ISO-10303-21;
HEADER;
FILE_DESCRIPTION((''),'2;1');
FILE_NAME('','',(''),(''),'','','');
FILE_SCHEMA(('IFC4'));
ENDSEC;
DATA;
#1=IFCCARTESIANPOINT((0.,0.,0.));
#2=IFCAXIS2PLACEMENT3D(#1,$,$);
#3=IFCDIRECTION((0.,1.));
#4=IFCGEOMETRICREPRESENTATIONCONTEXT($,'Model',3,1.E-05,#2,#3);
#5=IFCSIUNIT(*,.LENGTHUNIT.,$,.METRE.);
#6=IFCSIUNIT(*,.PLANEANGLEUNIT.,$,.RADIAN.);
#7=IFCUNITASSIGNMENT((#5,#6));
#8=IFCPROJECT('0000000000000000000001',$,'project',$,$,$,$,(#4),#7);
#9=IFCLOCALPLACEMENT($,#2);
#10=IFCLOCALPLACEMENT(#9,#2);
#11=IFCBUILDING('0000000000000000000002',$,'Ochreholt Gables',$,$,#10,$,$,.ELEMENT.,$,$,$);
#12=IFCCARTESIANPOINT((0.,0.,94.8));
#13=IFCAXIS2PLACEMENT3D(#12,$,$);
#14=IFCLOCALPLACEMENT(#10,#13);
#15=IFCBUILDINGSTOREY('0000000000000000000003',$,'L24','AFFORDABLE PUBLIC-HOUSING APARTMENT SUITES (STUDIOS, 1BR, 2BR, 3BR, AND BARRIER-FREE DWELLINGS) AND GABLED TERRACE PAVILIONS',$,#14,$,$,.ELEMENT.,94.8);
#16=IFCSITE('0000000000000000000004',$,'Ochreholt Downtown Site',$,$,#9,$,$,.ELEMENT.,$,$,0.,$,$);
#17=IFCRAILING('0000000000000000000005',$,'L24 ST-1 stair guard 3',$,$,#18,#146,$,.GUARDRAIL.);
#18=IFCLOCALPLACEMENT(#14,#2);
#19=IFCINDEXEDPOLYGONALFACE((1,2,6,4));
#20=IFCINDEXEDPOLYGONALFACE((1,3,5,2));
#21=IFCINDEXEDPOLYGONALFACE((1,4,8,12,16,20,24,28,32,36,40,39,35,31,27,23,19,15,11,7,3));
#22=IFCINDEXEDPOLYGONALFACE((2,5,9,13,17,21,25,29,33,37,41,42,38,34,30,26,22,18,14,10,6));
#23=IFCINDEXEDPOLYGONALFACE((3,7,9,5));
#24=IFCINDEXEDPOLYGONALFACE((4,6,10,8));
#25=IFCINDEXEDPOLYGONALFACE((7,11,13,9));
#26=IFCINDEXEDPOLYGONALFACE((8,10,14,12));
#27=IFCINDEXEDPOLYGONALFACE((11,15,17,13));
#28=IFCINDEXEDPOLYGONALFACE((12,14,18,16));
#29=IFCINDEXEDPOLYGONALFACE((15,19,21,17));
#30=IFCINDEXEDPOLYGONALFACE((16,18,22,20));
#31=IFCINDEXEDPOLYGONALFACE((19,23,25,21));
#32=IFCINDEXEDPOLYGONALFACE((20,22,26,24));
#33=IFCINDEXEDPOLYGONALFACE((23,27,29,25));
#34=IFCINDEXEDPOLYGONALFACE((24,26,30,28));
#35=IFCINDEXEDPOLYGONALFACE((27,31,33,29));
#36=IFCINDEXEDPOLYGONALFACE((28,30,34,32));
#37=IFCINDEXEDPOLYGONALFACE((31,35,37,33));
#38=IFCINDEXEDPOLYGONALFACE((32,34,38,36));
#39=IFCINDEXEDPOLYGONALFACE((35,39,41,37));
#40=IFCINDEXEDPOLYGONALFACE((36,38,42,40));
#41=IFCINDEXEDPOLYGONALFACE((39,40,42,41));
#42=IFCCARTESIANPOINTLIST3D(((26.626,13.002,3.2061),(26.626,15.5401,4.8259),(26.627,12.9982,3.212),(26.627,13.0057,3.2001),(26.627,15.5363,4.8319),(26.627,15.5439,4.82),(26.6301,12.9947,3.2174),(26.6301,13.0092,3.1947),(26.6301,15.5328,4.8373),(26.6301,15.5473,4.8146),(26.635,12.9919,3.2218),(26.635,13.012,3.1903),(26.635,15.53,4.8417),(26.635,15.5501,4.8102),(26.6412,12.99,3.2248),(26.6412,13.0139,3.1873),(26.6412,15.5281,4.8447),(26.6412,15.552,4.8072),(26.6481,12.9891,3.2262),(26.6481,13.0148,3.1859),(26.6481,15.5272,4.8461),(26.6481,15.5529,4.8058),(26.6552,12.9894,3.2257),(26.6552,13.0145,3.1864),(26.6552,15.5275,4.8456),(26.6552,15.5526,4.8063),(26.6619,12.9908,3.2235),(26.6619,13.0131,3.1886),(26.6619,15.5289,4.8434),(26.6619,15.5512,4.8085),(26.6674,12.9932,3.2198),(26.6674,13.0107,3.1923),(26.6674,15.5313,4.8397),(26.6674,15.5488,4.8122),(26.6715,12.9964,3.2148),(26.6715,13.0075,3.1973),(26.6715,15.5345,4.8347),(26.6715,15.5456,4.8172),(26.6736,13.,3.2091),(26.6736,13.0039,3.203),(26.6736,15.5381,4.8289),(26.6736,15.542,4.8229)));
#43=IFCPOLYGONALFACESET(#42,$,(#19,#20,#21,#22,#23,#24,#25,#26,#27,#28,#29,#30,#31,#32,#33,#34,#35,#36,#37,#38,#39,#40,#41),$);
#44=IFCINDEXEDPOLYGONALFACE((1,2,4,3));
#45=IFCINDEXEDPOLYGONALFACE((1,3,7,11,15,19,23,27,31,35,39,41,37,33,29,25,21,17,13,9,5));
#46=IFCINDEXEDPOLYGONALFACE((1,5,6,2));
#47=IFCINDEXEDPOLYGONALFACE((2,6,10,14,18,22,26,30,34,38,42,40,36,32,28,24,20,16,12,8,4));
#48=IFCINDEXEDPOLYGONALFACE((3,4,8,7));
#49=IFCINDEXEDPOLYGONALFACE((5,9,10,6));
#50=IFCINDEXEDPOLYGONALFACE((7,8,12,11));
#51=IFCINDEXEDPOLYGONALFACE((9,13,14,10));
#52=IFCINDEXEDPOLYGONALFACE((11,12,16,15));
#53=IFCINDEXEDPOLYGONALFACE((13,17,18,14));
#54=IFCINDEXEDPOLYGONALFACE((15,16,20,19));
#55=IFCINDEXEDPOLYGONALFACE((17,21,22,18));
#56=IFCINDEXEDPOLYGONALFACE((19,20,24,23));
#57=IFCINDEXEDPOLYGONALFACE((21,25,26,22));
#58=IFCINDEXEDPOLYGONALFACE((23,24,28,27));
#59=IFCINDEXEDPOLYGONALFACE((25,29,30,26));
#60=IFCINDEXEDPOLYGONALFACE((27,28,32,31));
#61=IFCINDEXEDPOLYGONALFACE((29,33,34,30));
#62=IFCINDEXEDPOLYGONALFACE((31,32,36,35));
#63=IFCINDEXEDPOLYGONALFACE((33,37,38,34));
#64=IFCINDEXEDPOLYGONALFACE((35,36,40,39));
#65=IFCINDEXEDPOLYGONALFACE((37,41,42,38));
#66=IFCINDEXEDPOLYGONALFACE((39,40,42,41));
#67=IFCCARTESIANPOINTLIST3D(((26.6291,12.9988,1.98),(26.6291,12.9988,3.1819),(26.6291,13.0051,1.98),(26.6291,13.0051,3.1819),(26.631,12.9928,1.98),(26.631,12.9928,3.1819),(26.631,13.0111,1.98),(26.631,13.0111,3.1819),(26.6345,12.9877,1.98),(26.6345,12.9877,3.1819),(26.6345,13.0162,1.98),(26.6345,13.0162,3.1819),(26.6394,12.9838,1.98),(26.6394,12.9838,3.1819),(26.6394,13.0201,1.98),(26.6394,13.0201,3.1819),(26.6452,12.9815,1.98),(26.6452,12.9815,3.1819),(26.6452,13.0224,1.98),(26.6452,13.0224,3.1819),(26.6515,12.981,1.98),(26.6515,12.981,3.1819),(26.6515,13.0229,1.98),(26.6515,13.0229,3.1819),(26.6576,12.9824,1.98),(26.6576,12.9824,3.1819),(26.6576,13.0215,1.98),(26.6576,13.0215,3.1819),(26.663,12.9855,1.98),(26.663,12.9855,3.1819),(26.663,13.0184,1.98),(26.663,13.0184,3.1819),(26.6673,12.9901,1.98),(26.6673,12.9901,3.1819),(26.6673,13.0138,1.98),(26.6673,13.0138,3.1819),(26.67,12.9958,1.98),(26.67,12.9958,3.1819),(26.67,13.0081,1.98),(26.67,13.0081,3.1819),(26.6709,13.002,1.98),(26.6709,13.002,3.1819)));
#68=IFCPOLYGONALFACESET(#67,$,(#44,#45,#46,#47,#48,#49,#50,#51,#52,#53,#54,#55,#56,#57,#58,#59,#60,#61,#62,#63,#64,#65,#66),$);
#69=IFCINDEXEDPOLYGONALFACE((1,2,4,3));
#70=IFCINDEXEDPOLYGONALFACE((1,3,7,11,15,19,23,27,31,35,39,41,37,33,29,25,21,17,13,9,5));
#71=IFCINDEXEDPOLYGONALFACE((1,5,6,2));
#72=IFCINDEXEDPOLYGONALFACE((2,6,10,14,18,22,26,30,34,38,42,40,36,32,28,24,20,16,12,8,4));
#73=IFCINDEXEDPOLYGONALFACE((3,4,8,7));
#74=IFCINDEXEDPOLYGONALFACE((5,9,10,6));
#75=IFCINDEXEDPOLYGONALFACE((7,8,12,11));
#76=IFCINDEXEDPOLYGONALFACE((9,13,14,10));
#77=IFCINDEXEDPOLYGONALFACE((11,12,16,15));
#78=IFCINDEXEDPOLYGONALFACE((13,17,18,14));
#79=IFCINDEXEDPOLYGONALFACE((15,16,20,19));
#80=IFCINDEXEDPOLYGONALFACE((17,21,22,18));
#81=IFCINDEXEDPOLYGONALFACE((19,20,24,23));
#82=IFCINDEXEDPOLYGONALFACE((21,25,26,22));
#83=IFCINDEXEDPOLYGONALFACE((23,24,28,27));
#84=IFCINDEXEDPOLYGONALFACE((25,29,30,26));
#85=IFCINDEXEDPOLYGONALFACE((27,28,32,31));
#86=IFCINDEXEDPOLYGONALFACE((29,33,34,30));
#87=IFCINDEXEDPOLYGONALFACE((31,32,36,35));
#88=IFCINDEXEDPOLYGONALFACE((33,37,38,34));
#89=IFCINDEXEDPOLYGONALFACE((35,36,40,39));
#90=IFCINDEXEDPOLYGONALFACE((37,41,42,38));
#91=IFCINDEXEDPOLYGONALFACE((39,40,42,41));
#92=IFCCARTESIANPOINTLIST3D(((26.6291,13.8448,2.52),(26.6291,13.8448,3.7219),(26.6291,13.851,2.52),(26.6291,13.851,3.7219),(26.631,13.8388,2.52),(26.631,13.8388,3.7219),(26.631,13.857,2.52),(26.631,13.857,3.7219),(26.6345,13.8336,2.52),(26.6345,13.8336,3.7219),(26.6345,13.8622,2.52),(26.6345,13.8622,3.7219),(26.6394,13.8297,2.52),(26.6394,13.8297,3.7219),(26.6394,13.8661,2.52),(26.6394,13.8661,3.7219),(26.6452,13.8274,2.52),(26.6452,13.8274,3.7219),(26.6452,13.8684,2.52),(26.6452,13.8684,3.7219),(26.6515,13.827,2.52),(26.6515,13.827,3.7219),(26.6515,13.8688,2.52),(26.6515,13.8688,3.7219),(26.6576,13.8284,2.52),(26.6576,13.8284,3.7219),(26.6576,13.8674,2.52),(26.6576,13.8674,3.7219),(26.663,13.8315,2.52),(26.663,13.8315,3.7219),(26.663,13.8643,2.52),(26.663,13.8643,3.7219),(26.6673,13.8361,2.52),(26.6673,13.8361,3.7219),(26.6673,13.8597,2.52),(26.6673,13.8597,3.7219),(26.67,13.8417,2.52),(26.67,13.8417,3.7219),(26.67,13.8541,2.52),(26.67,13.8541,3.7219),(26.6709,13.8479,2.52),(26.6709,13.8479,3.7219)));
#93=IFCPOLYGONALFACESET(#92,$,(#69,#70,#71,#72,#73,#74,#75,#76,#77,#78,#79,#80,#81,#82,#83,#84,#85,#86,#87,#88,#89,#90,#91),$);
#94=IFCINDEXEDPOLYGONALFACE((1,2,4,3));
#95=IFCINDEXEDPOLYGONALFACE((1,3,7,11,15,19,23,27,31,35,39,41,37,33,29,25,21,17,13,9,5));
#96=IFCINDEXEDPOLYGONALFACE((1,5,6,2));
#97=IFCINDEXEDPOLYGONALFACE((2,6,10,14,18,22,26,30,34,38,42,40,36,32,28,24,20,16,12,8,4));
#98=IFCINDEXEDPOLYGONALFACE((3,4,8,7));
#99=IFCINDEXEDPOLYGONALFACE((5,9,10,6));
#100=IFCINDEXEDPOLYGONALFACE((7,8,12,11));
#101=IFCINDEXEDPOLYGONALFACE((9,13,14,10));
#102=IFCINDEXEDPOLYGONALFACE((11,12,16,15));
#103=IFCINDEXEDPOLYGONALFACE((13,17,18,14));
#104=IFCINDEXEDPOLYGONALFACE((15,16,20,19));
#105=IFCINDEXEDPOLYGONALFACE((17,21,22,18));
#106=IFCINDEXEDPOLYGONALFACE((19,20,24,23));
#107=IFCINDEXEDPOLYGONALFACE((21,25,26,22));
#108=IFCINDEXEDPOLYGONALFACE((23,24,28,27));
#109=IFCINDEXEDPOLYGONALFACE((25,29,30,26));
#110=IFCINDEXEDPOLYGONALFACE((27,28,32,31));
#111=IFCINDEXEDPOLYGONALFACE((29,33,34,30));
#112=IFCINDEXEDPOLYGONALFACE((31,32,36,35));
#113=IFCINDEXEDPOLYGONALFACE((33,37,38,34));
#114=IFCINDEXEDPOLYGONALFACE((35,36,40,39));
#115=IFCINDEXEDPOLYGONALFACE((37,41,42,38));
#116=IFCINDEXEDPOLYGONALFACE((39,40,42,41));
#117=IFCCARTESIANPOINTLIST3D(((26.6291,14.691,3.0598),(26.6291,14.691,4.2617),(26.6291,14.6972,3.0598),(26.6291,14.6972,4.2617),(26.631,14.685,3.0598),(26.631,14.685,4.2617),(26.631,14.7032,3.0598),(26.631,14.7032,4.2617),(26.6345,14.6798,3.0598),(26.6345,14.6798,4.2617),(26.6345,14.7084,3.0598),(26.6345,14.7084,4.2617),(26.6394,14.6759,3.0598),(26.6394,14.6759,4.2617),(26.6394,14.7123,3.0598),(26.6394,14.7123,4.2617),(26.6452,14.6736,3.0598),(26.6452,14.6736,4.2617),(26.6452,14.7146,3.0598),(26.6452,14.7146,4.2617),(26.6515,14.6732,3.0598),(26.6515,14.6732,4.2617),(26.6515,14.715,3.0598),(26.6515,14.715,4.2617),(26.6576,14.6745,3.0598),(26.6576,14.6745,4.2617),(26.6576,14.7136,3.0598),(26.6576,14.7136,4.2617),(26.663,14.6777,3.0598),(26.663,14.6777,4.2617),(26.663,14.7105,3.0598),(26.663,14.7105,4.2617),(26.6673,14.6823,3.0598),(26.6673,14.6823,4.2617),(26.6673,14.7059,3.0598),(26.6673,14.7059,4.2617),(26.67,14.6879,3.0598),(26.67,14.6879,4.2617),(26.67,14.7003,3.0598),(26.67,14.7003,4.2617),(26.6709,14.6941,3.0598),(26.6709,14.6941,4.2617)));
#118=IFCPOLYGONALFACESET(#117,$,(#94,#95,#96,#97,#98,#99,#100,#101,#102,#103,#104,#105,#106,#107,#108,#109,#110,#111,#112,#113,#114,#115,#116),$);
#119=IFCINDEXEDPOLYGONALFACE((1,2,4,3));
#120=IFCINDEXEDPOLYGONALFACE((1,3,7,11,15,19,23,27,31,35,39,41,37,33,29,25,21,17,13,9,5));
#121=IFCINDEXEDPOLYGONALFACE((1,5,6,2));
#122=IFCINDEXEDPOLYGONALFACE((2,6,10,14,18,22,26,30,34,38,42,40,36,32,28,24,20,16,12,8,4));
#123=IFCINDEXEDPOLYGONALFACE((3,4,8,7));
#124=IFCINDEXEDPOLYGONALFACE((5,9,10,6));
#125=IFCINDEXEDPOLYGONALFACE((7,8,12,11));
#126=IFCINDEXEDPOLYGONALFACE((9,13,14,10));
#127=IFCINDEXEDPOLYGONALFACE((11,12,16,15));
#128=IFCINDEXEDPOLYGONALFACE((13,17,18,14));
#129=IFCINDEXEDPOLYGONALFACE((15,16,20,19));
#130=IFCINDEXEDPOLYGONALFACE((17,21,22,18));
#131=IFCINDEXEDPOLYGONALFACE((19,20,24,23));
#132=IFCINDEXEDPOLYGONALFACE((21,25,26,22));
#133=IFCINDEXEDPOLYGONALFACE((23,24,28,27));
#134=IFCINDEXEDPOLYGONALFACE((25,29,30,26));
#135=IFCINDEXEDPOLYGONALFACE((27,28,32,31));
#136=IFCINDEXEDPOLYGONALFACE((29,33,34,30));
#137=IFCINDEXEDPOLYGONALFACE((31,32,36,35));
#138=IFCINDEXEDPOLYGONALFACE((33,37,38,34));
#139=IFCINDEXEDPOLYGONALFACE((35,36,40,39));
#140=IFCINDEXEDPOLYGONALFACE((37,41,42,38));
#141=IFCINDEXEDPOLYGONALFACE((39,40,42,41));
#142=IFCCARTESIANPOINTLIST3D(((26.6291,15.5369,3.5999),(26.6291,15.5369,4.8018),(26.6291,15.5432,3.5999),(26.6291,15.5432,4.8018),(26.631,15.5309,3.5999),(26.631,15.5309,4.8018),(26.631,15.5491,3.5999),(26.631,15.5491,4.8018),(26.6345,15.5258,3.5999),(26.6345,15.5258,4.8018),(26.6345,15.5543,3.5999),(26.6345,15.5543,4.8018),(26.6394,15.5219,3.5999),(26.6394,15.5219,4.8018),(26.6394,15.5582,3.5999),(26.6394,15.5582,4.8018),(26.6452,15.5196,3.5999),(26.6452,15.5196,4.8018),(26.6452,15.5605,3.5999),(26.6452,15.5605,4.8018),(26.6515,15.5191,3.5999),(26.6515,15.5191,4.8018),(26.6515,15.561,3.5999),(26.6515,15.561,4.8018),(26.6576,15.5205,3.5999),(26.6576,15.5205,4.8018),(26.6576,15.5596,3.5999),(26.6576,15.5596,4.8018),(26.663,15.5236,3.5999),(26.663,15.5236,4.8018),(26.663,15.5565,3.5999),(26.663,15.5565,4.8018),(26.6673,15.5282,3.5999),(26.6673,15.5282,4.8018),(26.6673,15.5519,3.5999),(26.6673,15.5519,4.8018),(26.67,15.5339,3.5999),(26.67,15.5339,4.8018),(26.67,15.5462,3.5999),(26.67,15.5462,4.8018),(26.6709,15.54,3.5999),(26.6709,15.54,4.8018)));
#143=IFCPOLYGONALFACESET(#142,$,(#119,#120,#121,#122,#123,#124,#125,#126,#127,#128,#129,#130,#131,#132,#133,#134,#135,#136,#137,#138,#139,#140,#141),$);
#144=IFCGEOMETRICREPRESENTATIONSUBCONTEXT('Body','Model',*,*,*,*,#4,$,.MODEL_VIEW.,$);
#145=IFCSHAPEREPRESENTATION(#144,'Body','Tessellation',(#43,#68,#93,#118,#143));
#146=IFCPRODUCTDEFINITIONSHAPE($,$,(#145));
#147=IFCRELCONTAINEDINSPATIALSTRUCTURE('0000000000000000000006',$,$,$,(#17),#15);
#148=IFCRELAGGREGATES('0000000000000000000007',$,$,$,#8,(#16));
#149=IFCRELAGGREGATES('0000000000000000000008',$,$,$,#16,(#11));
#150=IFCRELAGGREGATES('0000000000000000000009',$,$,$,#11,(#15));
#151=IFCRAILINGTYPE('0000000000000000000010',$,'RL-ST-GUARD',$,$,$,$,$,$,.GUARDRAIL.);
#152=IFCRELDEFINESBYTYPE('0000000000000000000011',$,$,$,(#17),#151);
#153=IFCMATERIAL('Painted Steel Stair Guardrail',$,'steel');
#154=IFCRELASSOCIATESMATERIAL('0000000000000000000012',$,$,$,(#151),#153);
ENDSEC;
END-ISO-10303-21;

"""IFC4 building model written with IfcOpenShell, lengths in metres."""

from ifc_helpers import new_model, si_unit, direction, frame, origin, origin_2d, place, context, subcontext, project, spatial, circle, extrude, material, type_object, element, save


model = new_model("IFC4")

# Units and contexts
model_context = context("Model", 3, precision=1e-05, world=origin(), true_north=direction((0.0, 1.0)))
body_context = subcontext(model_context, "Body", "Model", "MODEL_VIEW")
ifc_project = project(units=[si_unit("LENGTHUNIT", "METRE"), si_unit("PLANEANGLEUNIT", "RADIAN")], contexts=[model_context])

# Site, building, storey
site_placement = place(None, origin())
site = spatial("IfcSite", under=ifc_project, at=site_placement, Name="Ochreholt Downtown Site", CompositionType="ELEMENT", RefElevation=0.0)
building_placement = place(site_placement, origin())
building = spatial("IfcBuilding", under=site, at=building_placement, Name="Ochreholt Gables", CompositionType="ELEMENT")
storey_placement = place(building_placement, frame((0.0, 0.0, 94.8)))
storey = spatial("IfcBuildingStorey", under=building, at=storey_placement, Name="L24", Description="AFFORDABLE PUBLIC-HOUSING APARTMENT SUITES (STUDIOS, 1BR, 2BR, 3BR, AND BARRIER-FREE DWELLINGS) AND GABLED TERRACE PAVILIONS", CompositionType="ELEMENT", Elevation=94.8)

# Railing
ifc_material_1 = material(Name="Painted Steel Stair Guardrail", Category="steel")
railing_type_1 = type_object("IfcRailingType", Name="RL-ST-GUARD", PredefinedType="GUARDRAIL", material=ifc_material_1)
railing_1_placement = place(storey_placement, frame((26.6499, 13.002, 1.98)))
element("IfcRailing", 1, at=railing_1_placement, inside=storey, type_object=railing_type_1, Name="L24 ST-1 stair guard 3", PredefinedType="GUARDRAIL", context=body_context, shape_type="SweptSolid", body=[
    extrude(circle(Radius=0.0239, at=origin_2d()), frame((0.0, 0.0, 1.2261), z_axis=(0.0, 0.84295, 0.537993), x_axis=(-1.0, 0.0, 0.0)), (0.0, 0.0, 1.0), 3.011),
    extrude(circle(Radius=0.021, at=origin_2d()), origin(), (0.0, 0.0, 1.0), 1.2019),
    extrude(circle(Radius=0.021, at=origin_2d()), frame((0.0, 0.8459, 0.54)), (0.0, 0.0, 1.0), 1.2019),
    extrude(circle(Radius=0.021, at=origin_2d()), frame((0.0, 1.6921, 1.0798)), (0.0, 0.0, 1.0), 1.2019),
    extrude(circle(Radius=0.021, at=origin_2d()), frame((0.0, 2.5381, 1.6199)), (0.0, 0.0, 1.0), 1.2019),
])

save(model, "model.ifc")
